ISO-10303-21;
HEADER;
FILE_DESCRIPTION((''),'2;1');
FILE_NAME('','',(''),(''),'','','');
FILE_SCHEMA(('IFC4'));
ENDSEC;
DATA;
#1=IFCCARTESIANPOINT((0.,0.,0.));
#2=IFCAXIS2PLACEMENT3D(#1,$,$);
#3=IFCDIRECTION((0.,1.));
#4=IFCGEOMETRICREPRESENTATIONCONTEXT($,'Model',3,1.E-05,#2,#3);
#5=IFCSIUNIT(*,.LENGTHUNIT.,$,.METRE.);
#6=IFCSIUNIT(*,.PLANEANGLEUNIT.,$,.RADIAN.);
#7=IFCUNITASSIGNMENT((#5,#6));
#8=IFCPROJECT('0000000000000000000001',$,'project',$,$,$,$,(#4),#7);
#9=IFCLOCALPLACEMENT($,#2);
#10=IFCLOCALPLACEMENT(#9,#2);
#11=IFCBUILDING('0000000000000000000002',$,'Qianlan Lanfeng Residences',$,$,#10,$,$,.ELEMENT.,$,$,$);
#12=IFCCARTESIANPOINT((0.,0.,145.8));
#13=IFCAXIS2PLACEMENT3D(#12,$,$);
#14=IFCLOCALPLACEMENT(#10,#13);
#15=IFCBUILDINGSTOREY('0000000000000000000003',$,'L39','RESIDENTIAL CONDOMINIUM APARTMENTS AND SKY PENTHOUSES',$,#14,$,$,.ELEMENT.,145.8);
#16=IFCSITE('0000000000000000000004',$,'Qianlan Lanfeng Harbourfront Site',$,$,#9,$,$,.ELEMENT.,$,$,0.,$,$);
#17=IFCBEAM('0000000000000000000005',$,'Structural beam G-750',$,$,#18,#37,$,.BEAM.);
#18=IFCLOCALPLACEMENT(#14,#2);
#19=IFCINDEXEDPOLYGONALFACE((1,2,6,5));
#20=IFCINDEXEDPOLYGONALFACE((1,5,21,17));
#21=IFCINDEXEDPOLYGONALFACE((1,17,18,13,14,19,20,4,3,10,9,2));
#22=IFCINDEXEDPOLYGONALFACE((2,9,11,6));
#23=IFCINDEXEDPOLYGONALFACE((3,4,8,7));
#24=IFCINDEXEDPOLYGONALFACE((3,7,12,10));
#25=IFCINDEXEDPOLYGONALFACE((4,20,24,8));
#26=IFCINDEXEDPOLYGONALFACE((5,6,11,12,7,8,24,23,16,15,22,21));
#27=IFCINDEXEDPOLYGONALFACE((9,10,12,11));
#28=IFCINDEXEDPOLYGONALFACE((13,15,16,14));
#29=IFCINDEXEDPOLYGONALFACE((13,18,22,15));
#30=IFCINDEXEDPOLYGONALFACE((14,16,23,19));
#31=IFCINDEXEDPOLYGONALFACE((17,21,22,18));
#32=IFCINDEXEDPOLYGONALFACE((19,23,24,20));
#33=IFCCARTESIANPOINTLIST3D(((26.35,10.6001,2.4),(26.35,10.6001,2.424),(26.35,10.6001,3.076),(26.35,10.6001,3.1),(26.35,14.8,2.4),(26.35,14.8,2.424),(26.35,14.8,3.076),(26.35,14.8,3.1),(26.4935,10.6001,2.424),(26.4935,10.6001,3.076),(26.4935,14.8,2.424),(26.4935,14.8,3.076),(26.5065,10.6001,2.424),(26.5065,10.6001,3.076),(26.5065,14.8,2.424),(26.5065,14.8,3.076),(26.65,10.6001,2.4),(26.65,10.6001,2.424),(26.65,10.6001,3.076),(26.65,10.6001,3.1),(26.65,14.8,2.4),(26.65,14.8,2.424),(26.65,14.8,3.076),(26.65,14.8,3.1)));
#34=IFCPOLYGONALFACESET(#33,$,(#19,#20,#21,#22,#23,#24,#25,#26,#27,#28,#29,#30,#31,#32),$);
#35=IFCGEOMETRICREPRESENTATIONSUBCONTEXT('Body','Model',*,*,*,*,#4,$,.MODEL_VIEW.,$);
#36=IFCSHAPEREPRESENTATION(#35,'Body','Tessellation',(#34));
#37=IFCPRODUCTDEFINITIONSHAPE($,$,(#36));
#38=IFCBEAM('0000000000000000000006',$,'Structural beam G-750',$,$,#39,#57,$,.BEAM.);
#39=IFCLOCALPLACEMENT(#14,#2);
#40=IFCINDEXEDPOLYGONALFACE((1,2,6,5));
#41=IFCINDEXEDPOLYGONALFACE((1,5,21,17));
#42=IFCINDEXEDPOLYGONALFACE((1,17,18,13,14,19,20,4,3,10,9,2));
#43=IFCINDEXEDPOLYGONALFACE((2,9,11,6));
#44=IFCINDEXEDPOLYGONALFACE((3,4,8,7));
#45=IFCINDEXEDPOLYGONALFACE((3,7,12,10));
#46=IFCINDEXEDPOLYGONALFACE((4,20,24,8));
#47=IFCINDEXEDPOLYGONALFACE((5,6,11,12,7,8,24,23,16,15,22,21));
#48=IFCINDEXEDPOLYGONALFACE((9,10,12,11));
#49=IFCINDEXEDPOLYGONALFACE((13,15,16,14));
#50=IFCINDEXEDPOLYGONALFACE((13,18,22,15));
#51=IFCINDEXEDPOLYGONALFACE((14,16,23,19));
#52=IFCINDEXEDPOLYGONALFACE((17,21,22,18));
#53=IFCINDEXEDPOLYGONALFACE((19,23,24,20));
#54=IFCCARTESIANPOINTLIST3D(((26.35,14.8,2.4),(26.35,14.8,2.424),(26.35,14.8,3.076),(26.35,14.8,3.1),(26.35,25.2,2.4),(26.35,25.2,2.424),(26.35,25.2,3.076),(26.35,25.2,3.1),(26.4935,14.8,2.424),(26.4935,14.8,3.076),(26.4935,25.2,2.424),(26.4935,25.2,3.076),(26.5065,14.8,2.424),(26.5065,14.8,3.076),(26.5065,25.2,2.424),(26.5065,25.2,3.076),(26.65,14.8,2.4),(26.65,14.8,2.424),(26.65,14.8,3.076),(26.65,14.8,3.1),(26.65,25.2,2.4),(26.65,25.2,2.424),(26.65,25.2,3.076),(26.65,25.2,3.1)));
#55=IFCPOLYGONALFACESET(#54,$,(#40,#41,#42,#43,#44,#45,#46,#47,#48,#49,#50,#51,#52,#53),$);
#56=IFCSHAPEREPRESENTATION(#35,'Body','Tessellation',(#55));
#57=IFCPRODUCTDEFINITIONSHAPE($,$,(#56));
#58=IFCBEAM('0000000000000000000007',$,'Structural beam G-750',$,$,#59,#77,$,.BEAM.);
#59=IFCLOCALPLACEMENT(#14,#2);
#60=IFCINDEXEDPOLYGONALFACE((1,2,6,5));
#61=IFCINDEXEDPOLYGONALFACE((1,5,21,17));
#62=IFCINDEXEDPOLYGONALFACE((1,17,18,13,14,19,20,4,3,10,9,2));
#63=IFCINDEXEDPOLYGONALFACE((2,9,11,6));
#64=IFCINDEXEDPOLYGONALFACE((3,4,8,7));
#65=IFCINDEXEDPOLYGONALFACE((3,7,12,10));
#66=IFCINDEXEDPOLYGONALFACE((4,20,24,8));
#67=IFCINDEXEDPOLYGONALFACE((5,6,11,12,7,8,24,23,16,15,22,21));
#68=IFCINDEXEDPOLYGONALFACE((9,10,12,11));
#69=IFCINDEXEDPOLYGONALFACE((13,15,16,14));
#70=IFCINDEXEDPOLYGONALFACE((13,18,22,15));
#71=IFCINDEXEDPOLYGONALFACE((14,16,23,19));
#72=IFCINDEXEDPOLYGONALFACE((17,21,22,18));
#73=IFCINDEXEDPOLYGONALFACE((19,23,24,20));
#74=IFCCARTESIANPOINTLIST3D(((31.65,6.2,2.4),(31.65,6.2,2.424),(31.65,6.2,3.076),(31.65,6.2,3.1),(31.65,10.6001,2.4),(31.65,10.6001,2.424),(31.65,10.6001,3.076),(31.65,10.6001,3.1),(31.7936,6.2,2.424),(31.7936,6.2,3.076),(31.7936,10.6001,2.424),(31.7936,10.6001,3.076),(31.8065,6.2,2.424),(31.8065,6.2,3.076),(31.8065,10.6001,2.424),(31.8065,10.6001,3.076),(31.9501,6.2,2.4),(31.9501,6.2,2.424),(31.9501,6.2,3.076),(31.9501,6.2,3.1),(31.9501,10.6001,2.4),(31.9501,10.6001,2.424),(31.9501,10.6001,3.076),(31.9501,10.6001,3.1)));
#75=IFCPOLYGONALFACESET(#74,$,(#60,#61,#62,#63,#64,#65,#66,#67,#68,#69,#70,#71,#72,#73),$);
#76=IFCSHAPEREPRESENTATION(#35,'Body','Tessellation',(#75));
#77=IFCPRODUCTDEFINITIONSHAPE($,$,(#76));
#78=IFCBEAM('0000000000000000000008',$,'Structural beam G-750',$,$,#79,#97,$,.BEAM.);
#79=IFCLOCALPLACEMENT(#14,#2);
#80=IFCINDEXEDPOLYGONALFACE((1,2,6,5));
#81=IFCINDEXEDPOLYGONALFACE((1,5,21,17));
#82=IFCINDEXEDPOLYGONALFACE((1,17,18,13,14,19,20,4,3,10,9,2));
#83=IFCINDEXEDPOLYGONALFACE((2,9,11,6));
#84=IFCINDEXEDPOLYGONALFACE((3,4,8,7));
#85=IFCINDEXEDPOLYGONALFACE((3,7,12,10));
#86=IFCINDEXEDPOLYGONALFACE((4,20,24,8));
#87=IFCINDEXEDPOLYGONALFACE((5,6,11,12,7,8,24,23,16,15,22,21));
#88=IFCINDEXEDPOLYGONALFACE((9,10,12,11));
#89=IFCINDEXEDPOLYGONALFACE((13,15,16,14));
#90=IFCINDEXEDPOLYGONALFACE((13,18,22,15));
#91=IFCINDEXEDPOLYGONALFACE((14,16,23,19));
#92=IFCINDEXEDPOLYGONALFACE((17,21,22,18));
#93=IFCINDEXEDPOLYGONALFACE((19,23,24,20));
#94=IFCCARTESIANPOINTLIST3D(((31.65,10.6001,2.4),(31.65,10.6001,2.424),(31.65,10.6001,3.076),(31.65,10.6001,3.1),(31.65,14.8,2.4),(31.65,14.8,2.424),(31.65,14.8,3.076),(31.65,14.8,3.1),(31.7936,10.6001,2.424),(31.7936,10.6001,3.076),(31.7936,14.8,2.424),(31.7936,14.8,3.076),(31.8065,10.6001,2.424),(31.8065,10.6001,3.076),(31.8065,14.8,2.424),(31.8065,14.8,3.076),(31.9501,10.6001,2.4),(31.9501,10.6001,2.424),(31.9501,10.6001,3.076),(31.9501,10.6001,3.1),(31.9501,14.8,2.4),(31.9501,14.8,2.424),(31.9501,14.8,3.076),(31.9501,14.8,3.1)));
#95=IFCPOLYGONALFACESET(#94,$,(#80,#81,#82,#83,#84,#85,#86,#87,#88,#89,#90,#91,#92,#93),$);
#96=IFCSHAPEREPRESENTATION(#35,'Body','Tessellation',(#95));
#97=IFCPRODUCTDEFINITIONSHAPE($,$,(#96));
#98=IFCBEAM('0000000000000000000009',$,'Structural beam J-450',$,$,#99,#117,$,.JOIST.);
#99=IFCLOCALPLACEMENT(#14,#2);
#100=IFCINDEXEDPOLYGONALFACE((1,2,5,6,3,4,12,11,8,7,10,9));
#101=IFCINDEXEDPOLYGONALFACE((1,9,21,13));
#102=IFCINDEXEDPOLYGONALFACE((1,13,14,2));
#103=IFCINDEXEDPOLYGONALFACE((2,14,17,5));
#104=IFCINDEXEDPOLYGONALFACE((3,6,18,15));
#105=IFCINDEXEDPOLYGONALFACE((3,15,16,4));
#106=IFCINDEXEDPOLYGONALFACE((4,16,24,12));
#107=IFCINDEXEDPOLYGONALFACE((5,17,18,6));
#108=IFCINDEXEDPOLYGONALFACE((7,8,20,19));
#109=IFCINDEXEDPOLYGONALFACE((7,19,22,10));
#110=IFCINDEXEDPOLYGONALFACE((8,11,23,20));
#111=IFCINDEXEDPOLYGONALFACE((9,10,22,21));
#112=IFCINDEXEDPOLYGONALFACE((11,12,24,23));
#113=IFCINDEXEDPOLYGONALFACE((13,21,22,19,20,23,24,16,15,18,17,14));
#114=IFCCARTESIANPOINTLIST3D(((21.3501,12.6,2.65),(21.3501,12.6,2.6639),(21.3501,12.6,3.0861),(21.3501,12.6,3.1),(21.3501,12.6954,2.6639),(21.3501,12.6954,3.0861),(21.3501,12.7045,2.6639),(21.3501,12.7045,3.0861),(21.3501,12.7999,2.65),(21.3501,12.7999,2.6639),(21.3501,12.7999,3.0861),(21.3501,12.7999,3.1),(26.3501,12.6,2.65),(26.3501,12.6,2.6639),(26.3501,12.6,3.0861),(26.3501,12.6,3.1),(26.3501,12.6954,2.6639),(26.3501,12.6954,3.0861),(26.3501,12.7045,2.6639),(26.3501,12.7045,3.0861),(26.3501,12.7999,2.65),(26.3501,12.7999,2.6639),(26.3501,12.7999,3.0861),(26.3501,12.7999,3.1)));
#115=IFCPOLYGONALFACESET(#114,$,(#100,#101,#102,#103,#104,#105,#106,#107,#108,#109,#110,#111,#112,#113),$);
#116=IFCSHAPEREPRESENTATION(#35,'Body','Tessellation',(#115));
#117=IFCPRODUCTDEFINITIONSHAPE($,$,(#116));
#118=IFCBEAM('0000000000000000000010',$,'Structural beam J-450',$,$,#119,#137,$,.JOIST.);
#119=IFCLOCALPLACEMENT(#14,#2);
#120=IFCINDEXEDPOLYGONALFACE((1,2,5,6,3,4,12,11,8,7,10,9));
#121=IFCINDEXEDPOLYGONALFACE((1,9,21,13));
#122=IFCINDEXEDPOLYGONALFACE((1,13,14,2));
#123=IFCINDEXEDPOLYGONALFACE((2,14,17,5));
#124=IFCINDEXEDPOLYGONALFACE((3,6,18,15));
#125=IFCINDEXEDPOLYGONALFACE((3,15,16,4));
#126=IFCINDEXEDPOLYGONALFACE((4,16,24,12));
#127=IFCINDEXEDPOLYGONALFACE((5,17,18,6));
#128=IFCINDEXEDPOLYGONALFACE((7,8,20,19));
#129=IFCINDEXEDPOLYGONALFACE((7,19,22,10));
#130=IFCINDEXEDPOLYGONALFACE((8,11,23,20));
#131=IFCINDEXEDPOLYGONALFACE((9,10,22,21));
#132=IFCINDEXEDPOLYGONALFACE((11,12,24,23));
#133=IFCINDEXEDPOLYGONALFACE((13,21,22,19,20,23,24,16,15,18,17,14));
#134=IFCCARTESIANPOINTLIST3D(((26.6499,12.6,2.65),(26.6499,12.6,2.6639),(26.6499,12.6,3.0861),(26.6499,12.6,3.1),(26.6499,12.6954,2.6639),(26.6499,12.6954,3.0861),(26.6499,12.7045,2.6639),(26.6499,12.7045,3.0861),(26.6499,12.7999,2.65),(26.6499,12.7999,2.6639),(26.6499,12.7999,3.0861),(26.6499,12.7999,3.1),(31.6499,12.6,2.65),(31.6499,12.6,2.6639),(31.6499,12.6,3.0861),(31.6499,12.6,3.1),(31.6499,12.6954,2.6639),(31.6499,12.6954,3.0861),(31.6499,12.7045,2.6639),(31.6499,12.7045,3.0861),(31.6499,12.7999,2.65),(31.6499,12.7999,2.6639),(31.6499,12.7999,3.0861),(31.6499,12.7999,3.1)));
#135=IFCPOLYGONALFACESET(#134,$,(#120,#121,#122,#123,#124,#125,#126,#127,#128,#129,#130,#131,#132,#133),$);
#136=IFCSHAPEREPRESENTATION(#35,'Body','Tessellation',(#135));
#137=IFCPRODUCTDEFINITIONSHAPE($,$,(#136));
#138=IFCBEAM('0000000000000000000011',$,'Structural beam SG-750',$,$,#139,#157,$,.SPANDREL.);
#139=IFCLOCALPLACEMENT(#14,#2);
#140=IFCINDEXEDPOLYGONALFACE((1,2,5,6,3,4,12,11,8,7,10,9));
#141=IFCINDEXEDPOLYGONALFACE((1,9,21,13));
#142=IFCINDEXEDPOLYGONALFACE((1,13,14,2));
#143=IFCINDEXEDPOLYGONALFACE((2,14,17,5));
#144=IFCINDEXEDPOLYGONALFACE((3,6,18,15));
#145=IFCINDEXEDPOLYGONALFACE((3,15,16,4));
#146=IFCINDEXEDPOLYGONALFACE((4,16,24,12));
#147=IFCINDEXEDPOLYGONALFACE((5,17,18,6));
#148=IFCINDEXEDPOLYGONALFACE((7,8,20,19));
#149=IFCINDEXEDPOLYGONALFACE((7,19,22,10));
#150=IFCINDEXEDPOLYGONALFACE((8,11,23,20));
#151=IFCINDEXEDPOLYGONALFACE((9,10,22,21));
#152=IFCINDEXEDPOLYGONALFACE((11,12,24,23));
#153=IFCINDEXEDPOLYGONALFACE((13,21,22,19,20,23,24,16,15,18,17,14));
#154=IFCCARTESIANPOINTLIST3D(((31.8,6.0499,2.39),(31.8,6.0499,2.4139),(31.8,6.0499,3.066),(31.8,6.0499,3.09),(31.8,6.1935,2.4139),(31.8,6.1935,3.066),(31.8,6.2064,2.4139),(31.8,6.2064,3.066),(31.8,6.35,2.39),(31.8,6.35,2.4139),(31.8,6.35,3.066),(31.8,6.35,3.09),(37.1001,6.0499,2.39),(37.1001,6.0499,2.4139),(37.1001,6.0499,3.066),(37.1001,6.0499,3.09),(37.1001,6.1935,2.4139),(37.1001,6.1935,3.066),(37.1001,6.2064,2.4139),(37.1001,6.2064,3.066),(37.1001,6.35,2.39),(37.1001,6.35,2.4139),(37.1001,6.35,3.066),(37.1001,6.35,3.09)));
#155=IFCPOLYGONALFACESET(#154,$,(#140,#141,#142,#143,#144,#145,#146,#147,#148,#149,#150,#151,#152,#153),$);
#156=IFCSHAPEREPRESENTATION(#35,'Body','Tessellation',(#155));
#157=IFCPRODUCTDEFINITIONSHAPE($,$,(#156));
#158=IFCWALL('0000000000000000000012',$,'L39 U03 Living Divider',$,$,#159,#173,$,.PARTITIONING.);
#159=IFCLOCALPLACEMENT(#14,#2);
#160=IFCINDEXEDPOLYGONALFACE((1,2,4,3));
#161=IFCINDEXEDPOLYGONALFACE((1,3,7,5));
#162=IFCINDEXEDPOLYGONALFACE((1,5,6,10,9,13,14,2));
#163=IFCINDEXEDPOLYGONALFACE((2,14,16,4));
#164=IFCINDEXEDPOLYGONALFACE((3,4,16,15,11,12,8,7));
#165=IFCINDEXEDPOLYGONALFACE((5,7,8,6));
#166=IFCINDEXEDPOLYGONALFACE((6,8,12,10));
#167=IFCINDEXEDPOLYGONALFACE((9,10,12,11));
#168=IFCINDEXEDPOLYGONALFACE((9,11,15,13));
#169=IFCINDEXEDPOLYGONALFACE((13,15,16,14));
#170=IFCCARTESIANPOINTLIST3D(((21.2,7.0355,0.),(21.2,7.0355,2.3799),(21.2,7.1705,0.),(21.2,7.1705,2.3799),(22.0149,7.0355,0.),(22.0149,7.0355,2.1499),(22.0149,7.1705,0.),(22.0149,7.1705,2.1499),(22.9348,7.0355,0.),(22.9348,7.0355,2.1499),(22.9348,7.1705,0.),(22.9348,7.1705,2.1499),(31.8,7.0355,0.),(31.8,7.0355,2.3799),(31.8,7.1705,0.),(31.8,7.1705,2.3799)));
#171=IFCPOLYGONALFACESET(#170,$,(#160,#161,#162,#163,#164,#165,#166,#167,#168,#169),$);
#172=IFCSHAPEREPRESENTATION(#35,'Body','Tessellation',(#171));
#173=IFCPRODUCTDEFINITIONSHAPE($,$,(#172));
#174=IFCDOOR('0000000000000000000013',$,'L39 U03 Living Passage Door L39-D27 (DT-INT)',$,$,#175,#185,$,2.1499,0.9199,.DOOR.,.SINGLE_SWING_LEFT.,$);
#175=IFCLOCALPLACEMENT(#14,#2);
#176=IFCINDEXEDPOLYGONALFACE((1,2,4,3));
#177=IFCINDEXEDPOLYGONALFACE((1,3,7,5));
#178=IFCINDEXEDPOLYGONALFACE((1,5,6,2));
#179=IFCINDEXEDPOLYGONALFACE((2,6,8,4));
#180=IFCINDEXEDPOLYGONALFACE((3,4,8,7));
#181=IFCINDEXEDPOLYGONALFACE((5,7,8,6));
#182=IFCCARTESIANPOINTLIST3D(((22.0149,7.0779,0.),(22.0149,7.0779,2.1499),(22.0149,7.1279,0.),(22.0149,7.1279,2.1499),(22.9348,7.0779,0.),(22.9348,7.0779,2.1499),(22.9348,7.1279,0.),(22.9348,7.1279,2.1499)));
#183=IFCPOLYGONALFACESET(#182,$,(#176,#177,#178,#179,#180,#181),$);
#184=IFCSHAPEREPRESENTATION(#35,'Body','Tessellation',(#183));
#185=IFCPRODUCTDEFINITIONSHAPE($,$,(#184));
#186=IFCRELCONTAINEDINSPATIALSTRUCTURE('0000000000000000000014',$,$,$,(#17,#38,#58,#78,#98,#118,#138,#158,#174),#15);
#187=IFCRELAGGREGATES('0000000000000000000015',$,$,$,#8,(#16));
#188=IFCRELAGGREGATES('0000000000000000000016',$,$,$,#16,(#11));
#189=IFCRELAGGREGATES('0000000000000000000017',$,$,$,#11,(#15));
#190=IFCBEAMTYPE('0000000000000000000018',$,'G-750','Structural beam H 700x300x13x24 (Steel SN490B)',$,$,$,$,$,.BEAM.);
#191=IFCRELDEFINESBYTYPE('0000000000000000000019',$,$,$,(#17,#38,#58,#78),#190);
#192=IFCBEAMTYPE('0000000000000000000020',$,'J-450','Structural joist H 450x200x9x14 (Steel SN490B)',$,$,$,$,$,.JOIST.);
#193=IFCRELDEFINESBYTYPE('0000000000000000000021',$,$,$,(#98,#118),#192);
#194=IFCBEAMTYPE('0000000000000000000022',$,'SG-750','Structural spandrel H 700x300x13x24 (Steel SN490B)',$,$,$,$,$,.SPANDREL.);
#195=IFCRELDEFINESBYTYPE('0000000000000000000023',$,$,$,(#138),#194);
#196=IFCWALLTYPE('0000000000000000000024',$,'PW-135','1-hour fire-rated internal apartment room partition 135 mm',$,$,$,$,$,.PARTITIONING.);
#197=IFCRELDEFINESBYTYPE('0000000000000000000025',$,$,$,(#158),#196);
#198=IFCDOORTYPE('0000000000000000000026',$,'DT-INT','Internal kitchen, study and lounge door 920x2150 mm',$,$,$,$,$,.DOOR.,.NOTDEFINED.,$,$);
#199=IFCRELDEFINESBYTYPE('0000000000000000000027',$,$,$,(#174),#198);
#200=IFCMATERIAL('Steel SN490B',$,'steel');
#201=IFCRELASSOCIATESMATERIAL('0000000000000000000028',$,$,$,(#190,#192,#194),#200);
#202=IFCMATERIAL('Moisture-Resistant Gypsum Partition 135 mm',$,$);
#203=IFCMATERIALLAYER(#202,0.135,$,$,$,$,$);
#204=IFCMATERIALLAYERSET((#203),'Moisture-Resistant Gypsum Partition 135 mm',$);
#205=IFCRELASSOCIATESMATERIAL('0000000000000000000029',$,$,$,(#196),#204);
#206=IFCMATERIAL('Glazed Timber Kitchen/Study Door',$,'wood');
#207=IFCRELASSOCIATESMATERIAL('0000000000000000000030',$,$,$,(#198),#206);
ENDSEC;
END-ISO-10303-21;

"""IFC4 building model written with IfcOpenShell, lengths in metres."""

from ifc_helpers import new_model, si_unit, direction, frame, frame_2d, origin, origin_2d, place, context, subcontext, project, spatial, rectangle, i_section, extrude, material, layer, layer_set, material_profile, profile_set, type_object, element, fill, save


model = new_model("IFC4")

# Units and contexts
model_context = context("Model", 3, precision=1e-05, world=origin(), true_north=direction((0.0, 1.0)))
body_context = subcontext(model_context, "Body", "Model", "MODEL_VIEW")
ifc_project = project(units=[si_unit("LENGTHUNIT", "METRE"), si_unit("PLANEANGLEUNIT", "RADIAN")], contexts=[model_context])

# Site, building, storey
site_placement = place(None, origin())
site = spatial("IfcSite", under=ifc_project, at=site_placement, Name="Qianlan Lanfeng Harbourfront Site", CompositionType="ELEMENT", RefElevation=0.0)
building_placement = place(site_placement, origin())
building = spatial("IfcBuilding", under=site, at=building_placement, Name="Qianlan Lanfeng Residences", CompositionType="ELEMENT")
storey_placement = place(building_placement, frame((0.0, 0.0, 145.8)))
storey = spatial("IfcBuildingStorey", under=building, at=storey_placement, Name="L39", Description="RESIDENTIAL CONDOMINIUM APARTMENTS AND SKY PENTHOUSES", CompositionType="ELEMENT", Elevation=145.8)

# Shared definitions
ifc_material_1 = material(Name="Steel SN490B", Category="steel")

# Beams
ifc_material_profile_1 = material_profile(ifc_material_1, i_section(OverallWidth=0.3, OverallDepth=0.7, WebThickness=0.0129, FlangeThickness=0.0239, at=origin_2d()), Name="H 700x300x13x24")
ifc_profile_set_1 = profile_set([ifc_material_profile_1], Name="Steel SN490B")
beam_type_1 = type_object("IfcBeamType", Name="G-750", Description="Structural beam H 700x300x13x24 (Steel SN490B)", PredefinedType="BEAM", material=ifc_profile_set_1)
beam_1_placement = place(storey_placement, frame((26.5, 10.6001, 2.75), z_axis=(0.0, 1.0, 0.0), x_axis=(-1.0, 0.0, 0.0)))
element("IfcBeam", 1, at=beam_1_placement, inside=storey, type_object=beam_type_1, Name="Structural beam G-750", PredefinedType="BEAM", context=body_context, shape_type="SweptSolid", body=[
    extrude(i_section(OverallWidth=0.3, OverallDepth=0.7, WebThickness=0.0129, FlangeThickness=0.0239, at=origin_2d()), origin(), (0.0, 0.0, 1.0), 4.2),
])
beam_2_placement = place(storey_placement, frame((26.5, 14.8, 2.75), z_axis=(0.0, 1.0, 0.0), x_axis=(-1.0, 0.0, 0.0)))
element("IfcBeam", 2, at=beam_2_placement, inside=storey, type_object=beam_type_1, Name="Structural beam G-750", PredefinedType="BEAM", context=body_context, shape_type="SweptSolid", body=[
    extrude(i_section(OverallWidth=0.3, OverallDepth=0.7, WebThickness=0.0129, FlangeThickness=0.0239, at=origin_2d()), origin(), (0.0, 0.0, 1.0), 10.3999),
])
beam_3_placement = place(storey_placement, frame((31.8, 6.2, 2.75), z_axis=(0.0, 1.0, 0.0), x_axis=(-1.0, 0.0, 0.0)))
element("IfcBeam", 3, at=beam_3_placement, inside=storey, type_object=beam_type_1, Name="Structural beam G-750", PredefinedType="BEAM", context=body_context, shape_type="SweptSolid", body=[
    extrude(i_section(OverallWidth=0.3, OverallDepth=0.7, WebThickness=0.0129, FlangeThickness=0.0239, at=origin_2d()), origin(), (0.0, 0.0, 1.0), 4.4001),
])
beam_4_placement = place(storey_placement, frame((31.8, 10.6001, 2.75), z_axis=(0.0, 1.0, 0.0), x_axis=(-1.0, 0.0, 0.0)))
element("IfcBeam", 4, at=beam_4_placement, inside=storey, type_object=beam_type_1, Name="Structural beam G-750", PredefinedType="BEAM", context=body_context, shape_type="SweptSolid", body=[
    extrude(i_section(OverallWidth=0.3, OverallDepth=0.7, WebThickness=0.0129, FlangeThickness=0.0239, at=origin_2d()), origin(), (0.0, 0.0, 1.0), 4.2),
])
ifc_material_profile_2 = material_profile(ifc_material_1, i_section(OverallWidth=0.2, OverallDepth=0.45, WebThickness=0.009, FlangeThickness=0.0139, at=origin_2d()), Name="H 450x200x9x14")
ifc_profile_set_2 = profile_set([ifc_material_profile_2], Name="Steel SN490B")
beam_type_2 = type_object("IfcBeamType", Name="J-450", Description="Structural joist H 450x200x9x14 (Steel SN490B)", PredefinedType="JOIST", material=ifc_profile_set_2)
for number, where, z_axis, x_axis, name in (
    (5, (21.3501, 12.7, 2.875), (1.0, 0.0, 0.0), (0.0, 1.0, 0.0), "Structural beam J-450"),
    (6, (26.6499, 12.7, 2.875), (1.0, 0.0, 0.0), (0.0, 1.0, 0.0), "Structural beam J-450"),
):
    element("IfcBeam", number, at=place(storey_placement, frame(where, z_axis=z_axis, x_axis=x_axis)), inside=storey, type_object=beam_type_2, Name=name, PredefinedType="JOIST", context=body_context, shape_type="SweptSolid", body=[
        extrude(i_section(OverallWidth=0.2, OverallDepth=0.45, WebThickness=0.009, FlangeThickness=0.0139, at=origin_2d()), origin(), (0.0, 0.0, 1.0), 5.0),
    ])
ifc_material_profile_3 = material_profile(ifc_material_1, i_section(OverallWidth=0.3, OverallDepth=0.7, WebThickness=0.0129, FlangeThickness=0.0239, at=origin_2d()), Name="H 700x300x13x24")
ifc_profile_set_3 = profile_set([ifc_material_profile_3], Name="Steel SN490B")
beam_type_3 = type_object("IfcBeamType", Name="SG-750", Description="Structural spandrel H 700x300x13x24 (Steel SN490B)", PredefinedType="SPANDREL", material=ifc_profile_set_3)
beam_5_placement = place(storey_placement, frame((31.8, 6.2, 2.74), z_axis=(1.0, 0.0, 0.0), x_axis=(0.0, 1.0, 0.0)))
element("IfcBeam", 7, at=beam_5_placement, inside=storey, type_object=beam_type_3, Name="Structural beam SG-750", PredefinedType="SPANDREL", context=body_context, shape_type="SweptSolid", body=[
    extrude(i_section(OverallWidth=0.3, OverallDepth=0.7, WebThickness=0.0129, FlangeThickness=0.0239, at=origin_2d()), origin(), (0.0, 0.0, 1.0), 5.3),
])

# Wall, opening, door
ifc_material_2 = material(Name="Moisture-Resistant Gypsum Partition 135 mm")
ifc_layer = layer(ifc_material_2, 0.135)
ifc_layer_set = layer_set([ifc_layer], Name="Moisture-Resistant Gypsum Partition 135 mm")
wall_type = type_object("IfcWallType", Name="PW-135", Description="1-hour fire-rated internal apartment room partition 135 mm", PredefinedType="PARTITIONING", material=ifc_layer_set)
wall_1_placement = place(storey_placement, frame((21.2, 7.103, 0.0), z_axis=(0.0, 0.0, 1.0), x_axis=(1.0, 0.0, 0.0)))
wall_1 = element("IfcWall", 8, at=wall_1_placement, inside=storey, type_object=wall_type, Name="L39 U03 Living Divider", PredefinedType="PARTITIONING", context=body_context, shape_type="SweptSolid", body=[
    extrude(rectangle(XDim=10.6001, YDim=0.135, at=frame_2d((5.3, 0.0))), origin(), (0.0, 0.0, 1.0), 2.3799),
])
opening_1_placement = place(wall_1_placement, frame((0.8149, 0.0, 0.0)))
opening_1 = element("IfcOpeningElement", 9, at=opening_1_placement, cuts=wall_1, PredefinedType="OPENING", context=body_context, shape_type="SweptSolid", body=[
    extrude(rectangle(XDim=0.9199, YDim=2.1499, at=frame_2d((0.46, 1.075))), frame((0.0, 0.0776, 0.0), z_axis=(0.0, -1.0, 0.0), x_axis=(1.0, 0.0, 0.0)), (0.0, 0.0, 1.0), 0.155),
])
ifc_material_3 = material(Name="Glazed Timber Kitchen/Study Door", Category="wood")
door_type_1 = type_object("IfcDoorType", Name="DT-INT", Description="Internal kitchen, study and lounge door 920x2150 mm", OperationType="NOTDEFINED", PredefinedType="DOOR", material=ifc_material_3)
door_1_placement = place(opening_1_placement, origin())
door_1 = element("IfcDoor", 10, at=door_1_placement, inside=storey, type_object=door_type_1, Name="L39 U03 Living Passage Door L39-D27 (DT-INT)", OperationType="SINGLE_SWING_LEFT", OverallHeight=2.1499, OverallWidth=0.9199, PredefinedType="DOOR", context=body_context, shape_type="SweptSolid", body=[
    extrude(rectangle(XDim=0.9199, YDim=2.1499, at=frame_2d((0.46, 1.075))), frame((0.0, 0.0249, 0.0), z_axis=(0.0, -1.0, 0.0), x_axis=(1.0, 0.0, 0.0)), (0.0, 0.0, 1.0), 0.05),
])
fill(opening_1, door_1)

save(model, "model.ifc")
